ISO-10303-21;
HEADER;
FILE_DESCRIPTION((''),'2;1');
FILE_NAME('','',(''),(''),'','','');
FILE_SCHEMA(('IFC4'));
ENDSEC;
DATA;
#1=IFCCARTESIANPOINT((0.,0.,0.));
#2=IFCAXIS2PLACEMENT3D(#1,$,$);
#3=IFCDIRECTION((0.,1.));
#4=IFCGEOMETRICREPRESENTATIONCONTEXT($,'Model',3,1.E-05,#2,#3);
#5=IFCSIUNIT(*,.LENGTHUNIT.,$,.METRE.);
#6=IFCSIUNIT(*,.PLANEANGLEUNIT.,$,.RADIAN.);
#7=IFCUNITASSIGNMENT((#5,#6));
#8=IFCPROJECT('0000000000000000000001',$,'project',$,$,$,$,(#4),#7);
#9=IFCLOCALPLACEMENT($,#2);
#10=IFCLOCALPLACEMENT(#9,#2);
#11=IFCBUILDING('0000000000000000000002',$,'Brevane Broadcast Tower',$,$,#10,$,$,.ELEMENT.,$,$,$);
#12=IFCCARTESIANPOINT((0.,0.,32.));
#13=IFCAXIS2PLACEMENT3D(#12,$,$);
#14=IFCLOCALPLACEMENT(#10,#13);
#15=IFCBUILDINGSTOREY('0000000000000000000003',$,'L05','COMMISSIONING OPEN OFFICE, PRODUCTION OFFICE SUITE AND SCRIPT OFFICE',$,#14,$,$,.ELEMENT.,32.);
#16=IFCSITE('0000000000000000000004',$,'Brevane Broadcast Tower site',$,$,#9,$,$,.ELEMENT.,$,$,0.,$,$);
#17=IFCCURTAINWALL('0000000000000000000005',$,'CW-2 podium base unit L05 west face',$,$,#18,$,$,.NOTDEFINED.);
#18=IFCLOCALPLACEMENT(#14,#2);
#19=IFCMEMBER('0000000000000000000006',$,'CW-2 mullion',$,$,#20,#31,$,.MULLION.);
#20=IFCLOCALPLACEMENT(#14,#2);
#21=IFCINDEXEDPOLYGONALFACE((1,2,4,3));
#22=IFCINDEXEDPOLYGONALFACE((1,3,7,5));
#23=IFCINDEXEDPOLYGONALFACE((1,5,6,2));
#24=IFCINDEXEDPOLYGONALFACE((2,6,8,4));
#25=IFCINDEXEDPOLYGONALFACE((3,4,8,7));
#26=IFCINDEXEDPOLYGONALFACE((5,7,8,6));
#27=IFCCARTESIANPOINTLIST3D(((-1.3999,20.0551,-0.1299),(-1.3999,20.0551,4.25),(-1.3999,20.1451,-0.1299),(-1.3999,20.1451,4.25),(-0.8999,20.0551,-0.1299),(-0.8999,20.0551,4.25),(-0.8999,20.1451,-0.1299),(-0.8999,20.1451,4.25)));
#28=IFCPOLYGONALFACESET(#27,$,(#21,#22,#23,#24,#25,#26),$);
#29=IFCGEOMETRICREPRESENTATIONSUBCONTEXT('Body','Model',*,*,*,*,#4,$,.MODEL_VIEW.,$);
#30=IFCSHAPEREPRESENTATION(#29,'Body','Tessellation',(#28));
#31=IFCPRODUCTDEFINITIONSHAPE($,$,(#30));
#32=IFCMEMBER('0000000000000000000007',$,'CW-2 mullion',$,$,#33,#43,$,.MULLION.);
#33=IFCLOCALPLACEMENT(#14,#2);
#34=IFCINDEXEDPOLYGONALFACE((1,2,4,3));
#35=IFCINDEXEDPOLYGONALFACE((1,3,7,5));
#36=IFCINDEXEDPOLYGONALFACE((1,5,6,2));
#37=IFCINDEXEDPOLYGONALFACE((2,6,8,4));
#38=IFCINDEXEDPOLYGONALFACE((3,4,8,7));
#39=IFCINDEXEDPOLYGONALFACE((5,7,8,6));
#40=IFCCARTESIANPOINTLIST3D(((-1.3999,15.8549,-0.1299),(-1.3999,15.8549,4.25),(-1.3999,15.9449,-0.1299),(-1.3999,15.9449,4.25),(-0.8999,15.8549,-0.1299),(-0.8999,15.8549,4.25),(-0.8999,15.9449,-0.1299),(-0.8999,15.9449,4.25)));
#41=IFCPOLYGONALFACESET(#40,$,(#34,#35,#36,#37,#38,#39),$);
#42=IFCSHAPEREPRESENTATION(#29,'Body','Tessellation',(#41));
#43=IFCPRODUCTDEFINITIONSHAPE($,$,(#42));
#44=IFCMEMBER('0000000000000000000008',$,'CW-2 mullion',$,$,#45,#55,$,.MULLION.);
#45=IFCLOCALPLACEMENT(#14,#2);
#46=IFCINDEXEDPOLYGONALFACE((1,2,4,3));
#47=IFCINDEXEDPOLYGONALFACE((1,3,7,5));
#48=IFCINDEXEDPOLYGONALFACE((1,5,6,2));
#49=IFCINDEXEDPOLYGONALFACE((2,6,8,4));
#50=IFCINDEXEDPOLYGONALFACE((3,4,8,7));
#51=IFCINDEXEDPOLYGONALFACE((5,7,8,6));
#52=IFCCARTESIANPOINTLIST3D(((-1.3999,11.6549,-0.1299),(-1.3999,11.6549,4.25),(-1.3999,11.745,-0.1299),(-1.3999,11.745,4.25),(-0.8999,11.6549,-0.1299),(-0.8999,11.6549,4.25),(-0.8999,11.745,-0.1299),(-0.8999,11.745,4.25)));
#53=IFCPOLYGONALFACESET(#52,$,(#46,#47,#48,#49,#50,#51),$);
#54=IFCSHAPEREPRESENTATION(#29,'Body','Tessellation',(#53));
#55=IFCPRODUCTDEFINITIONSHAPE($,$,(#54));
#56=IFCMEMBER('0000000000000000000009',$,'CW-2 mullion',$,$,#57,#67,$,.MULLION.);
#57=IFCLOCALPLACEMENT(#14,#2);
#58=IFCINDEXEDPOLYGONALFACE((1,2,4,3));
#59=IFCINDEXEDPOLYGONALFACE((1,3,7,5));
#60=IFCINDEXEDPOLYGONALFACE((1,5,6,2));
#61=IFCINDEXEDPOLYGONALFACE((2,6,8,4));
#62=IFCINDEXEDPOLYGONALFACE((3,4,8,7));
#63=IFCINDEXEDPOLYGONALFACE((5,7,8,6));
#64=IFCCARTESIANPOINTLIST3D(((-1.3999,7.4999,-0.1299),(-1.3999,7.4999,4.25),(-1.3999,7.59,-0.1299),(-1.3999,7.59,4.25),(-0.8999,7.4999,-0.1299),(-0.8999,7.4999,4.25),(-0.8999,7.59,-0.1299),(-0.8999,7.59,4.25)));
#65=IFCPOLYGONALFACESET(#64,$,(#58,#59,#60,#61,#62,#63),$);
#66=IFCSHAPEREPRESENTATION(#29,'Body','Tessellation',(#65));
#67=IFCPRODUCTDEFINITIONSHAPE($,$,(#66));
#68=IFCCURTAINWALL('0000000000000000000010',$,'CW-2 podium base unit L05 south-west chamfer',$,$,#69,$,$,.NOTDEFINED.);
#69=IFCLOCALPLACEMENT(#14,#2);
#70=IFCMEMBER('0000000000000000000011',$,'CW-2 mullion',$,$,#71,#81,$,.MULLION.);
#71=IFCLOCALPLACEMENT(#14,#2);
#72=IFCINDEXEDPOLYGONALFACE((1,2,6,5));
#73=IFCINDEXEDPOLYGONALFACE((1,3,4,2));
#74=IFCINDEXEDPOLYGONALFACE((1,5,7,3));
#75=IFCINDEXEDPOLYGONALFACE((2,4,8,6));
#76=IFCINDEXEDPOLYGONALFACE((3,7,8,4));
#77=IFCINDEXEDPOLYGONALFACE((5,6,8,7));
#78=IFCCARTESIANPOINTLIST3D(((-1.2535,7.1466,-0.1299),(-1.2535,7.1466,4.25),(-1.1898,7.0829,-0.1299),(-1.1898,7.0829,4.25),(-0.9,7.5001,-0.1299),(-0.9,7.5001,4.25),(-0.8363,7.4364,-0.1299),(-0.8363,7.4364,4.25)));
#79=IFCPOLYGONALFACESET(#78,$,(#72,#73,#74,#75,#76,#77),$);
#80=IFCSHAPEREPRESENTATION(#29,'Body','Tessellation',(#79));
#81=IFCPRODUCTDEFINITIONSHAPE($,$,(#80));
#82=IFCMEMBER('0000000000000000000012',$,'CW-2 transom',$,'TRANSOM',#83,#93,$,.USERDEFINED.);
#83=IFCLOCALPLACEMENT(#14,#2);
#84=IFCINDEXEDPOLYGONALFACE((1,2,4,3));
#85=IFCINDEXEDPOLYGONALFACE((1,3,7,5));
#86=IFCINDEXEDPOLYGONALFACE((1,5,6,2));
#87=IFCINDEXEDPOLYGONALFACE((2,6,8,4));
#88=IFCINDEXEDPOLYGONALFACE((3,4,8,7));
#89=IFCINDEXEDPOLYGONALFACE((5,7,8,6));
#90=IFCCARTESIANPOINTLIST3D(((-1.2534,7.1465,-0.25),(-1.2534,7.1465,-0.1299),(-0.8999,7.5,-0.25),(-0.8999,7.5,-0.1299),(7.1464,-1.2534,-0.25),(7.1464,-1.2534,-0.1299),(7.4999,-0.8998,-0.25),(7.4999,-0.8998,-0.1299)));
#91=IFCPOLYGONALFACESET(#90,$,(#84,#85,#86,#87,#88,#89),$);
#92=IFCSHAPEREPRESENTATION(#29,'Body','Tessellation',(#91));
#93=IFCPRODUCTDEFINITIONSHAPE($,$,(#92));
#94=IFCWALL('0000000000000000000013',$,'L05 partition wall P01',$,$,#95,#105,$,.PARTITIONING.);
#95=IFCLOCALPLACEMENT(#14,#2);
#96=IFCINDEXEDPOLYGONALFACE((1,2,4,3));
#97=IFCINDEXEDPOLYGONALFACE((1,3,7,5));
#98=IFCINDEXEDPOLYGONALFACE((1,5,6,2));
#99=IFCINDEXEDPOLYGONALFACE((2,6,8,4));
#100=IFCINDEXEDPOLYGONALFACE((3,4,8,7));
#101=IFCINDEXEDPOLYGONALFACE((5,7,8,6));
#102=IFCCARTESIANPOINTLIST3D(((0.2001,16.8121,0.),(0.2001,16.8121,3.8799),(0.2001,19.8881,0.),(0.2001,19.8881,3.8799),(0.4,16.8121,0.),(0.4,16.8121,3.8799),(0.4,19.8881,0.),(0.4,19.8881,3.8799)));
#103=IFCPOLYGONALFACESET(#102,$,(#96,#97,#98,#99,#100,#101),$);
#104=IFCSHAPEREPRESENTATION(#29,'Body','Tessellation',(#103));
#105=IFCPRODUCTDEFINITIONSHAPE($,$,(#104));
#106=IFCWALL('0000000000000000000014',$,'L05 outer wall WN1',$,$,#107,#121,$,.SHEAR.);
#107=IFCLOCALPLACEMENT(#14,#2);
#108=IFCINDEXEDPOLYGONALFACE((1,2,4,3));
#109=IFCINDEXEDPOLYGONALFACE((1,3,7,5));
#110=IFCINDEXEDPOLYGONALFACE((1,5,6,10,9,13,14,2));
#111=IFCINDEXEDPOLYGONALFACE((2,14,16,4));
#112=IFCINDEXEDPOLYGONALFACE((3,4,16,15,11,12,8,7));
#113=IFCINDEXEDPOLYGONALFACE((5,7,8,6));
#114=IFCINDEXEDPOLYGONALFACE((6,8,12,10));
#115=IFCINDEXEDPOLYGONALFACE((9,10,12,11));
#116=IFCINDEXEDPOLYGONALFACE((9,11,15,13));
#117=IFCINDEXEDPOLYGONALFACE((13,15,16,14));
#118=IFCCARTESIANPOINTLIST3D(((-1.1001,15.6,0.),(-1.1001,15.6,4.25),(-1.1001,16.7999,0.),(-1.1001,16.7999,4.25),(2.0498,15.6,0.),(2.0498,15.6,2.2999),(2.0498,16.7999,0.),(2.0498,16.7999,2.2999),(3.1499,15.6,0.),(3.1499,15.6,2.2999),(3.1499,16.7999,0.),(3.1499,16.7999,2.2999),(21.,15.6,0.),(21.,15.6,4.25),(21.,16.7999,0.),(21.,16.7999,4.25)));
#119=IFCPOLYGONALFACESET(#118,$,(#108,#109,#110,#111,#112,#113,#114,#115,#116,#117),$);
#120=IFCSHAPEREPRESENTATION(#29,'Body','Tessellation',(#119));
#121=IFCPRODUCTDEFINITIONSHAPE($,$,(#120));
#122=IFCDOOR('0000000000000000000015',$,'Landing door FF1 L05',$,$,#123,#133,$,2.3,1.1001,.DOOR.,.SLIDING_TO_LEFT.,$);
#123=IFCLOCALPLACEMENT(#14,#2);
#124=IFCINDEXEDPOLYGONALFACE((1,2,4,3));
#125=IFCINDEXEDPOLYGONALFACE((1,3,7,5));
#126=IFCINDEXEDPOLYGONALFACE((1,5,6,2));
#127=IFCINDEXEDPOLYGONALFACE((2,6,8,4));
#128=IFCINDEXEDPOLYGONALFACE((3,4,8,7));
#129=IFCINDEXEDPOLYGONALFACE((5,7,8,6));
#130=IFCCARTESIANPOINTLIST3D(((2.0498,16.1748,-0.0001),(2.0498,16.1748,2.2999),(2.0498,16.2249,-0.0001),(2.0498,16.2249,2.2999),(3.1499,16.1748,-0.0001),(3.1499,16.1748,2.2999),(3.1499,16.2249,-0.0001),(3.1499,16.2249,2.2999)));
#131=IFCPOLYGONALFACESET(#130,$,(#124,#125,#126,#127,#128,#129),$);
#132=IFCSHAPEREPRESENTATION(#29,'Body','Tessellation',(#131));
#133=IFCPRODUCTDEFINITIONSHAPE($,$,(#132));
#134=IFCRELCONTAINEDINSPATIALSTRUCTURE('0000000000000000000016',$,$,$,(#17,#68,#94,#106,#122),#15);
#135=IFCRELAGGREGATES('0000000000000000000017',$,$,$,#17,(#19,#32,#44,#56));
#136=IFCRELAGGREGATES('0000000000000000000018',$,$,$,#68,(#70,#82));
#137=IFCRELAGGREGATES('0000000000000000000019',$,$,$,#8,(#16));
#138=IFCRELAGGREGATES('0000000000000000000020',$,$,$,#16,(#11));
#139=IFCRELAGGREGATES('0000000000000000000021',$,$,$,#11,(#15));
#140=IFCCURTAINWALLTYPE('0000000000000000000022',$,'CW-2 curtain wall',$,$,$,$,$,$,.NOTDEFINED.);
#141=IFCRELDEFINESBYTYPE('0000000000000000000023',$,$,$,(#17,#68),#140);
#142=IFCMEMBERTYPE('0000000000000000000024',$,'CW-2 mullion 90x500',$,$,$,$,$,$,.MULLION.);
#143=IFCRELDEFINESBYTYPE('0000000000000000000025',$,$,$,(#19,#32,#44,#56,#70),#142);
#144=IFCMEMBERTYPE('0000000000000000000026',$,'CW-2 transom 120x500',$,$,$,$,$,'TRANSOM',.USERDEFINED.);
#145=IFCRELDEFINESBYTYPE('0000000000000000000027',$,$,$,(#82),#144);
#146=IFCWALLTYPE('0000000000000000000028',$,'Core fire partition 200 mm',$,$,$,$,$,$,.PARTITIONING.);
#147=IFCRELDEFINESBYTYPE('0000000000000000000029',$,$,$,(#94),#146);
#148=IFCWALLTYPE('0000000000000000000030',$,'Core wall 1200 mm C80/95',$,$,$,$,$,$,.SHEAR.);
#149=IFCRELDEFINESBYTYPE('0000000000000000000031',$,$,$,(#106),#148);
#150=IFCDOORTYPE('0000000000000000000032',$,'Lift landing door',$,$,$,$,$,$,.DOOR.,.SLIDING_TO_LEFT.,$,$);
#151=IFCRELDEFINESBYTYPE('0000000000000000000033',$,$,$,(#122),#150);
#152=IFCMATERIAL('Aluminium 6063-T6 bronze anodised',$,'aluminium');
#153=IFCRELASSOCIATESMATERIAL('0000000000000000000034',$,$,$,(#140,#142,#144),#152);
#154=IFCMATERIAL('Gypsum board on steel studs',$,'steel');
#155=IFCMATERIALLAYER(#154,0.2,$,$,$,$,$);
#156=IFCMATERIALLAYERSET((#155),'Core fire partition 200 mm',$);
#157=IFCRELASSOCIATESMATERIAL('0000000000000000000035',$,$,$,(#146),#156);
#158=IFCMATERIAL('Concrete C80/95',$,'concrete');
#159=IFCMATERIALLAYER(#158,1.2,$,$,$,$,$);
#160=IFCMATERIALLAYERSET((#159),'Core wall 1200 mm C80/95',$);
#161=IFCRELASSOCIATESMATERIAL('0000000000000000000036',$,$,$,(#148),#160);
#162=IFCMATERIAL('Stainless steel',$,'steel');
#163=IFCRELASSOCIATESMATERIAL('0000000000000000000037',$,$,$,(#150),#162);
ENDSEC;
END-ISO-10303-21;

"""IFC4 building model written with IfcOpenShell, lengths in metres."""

from ifc_helpers import new_model, si_unit, direction, frame, frame_2d, origin, origin_2d, place, context, subcontext, project, spatial, rectangle, extrude, material, layer, layer_set, material_profile, profile_set, type_object, element, fill, aggregate, save


model = new_model("IFC4")

# Units and contexts
model_context = context("Model", 3, precision=1e-05, world=origin(), true_north=direction((0.0, 1.0)))
body_context = subcontext(model_context, "Body", "Model", "MODEL_VIEW")
ifc_project = project(units=[si_unit("LENGTHUNIT", "METRE"), si_unit("PLANEANGLEUNIT", "RADIAN")], contexts=[model_context])

# Site, building, storey
site_placement = place(None, origin())
site = spatial("IfcSite", under=ifc_project, at=site_placement, Name="Brevane Broadcast Tower site", CompositionType="ELEMENT", RefElevation=0.0)
building_placement = place(site_placement, origin())
building = spatial("IfcBuilding", under=site, at=building_placement, Name="Brevane Broadcast Tower", CompositionType="ELEMENT")
storey_placement = place(building_placement, frame((0.0, 0.0, 32.0)))
storey = spatial("IfcBuildingStorey", under=building, at=storey_placement, Name="L05", Description="COMMISSIONING OPEN OFFICE, PRODUCTION OFFICE SUITE AND SCRIPT OFFICE", CompositionType="ELEMENT", Elevation=32.0)

# Curtain walls, members
ifc_material_1 = material(Name="Aluminium 6063-T6 bronze anodised", Category="aluminium")
curtain_wall_type = type_object("IfcCurtainWallType", Name="CW-2 curtain wall", PredefinedType="NOTDEFINED", material=ifc_material_1)
curtain_wall_1_placement = place(storey_placement, origin())
curtain_wall_1 = element("IfcCurtainWall", 1, at=curtain_wall_1_placement, inside=storey, type_object=curtain_wall_type, Name="CW-2 podium base unit L05 west face", PredefinedType="NOTDEFINED")
ifc_material_profile_1 = material_profile(ifc_material_1, rectangle(XDim=0.5, YDim=0.0901, at=origin_2d()), Name="RECT 90x500")
ifc_profile_set_1 = profile_set([ifc_material_profile_1], Name="Aluminium 6063-T6 bronze anodised")
member_type_1 = type_object("IfcMemberType", Name="CW-2 mullion 90x500", PredefinedType="MULLION", material=ifc_profile_set_1)
member_1_placement = place(storey_placement, frame((-1.1499, 20.1001, -0.1299), z_axis=(0.0, 0.0, 1.0), x_axis=(1.0, 0.0, 0.0)))
member_1 = element("IfcMember", 2, at=member_1_placement, type_object=member_type_1, Name="CW-2 mullion", PredefinedType="MULLION", context=body_context, shape_type="SweptSolid", body=[
    extrude(rectangle(XDim=0.5, YDim=0.0901, at=origin_2d()), origin(), (0.0, 0.0, 1.0), 4.3799),
])
member_2_placement = place(storey_placement, frame((-1.1499, 15.8999, -0.1299), z_axis=(0.0, 0.0, 1.0), x_axis=(1.0, 0.0, 0.0)))
member_2 = element("IfcMember", 3, at=member_2_placement, type_object=member_type_1, Name="CW-2 mullion", PredefinedType="MULLION", context=body_context, shape_type="SweptSolid", body=[
    extrude(rectangle(XDim=0.5, YDim=0.0901, at=origin_2d()), origin(), (0.0, 0.0, 1.0), 4.3799),
])
member_3_placement = place(storey_placement, frame((-1.1499, 11.7, -0.1299), z_axis=(0.0, 0.0, 1.0), x_axis=(1.0, 0.0, 0.0)))
member_3 = element("IfcMember", 4, at=member_3_placement, type_object=member_type_1, Name="CW-2 mullion", PredefinedType="MULLION", context=body_context, shape_type="SweptSolid", body=[
    extrude(rectangle(XDim=0.5, YDim=0.0901, at=origin_2d()), origin(), (0.0, 0.0, 1.0), 4.3799),
])
member_4_placement = place(storey_placement, frame((-1.1499, 7.5449, -0.1299), z_axis=(0.0, 0.0, 1.0), x_axis=(1.0, 0.0, 0.0)))
member_4 = element("IfcMember", 5, at=member_4_placement, type_object=member_type_1, Name="CW-2 mullion", PredefinedType="MULLION", context=body_context, shape_type="SweptSolid", body=[
    extrude(rectangle(XDim=0.5, YDim=0.0901, at=origin_2d()), origin(), (0.0, 0.0, 1.0), 4.3799),
])
aggregate(curtain_wall_1, [member_1, member_2, member_3, member_4])
curtain_wall_2_placement = place(storey_placement, origin())
curtain_wall_2 = element("IfcCurtainWall", 6, at=curtain_wall_2_placement, inside=storey, type_object=curtain_wall_type, Name="CW-2 podium base unit L05 south-west chamfer", PredefinedType="NOTDEFINED")
member_5_placement = place(storey_placement, frame((-1.0449, 7.2915, -0.1299), z_axis=(0.0, 0.0, 1.0), x_axis=(0.707107, 0.707107, 0.0)))
member_5 = element("IfcMember", 7, at=member_5_placement, type_object=member_type_1, Name="CW-2 mullion", PredefinedType="MULLION", context=body_context, shape_type="SweptSolid", body=[
    extrude(rectangle(XDim=0.5, YDim=0.0901, at=origin_2d()), origin(), (0.0, 0.0, 1.0), 4.3799),
])
ifc_material_profile_2 = material_profile(ifc_material_1, rectangle(XDim=0.5, YDim=0.1201, at=origin_2d()), Name="RECT 120x500")
ifc_profile_set_2 = profile_set([ifc_material_profile_2], Name="Aluminium 6063-T6 bronze anodised")
member_type_2 = type_object("IfcMemberType", Name="CW-2 transom 120x500", ElementType="TRANSOM", PredefinedType="USERDEFINED", material=ifc_profile_set_2)
member_6_placement = place(storey_placement, frame((-1.0767, 7.3232, -0.1899), z_axis=(0.707107, -0.707107, 0.0), x_axis=(0.707107, 0.707107, 0.0)))
member_6 = element("IfcMember", 8, at=member_6_placement, type_object=member_type_2, Name="CW-2 transom", ObjectType="TRANSOM", PredefinedType="USERDEFINED", context=body_context, shape_type="SweptSolid", body=[
    extrude(rectangle(XDim=0.5, YDim=0.1201, at=origin_2d()), origin(), (0.0, 0.0, 1.0), 11.8792),
])
aggregate(curtain_wall_2, [member_5, member_6])

# Wall
ifc_material_2 = material(Name="Gypsum board on steel studs", Category="steel")
ifc_layer_1 = layer(ifc_material_2, 0.2)
ifc_layer_set_1 = layer_set([ifc_layer_1], Name="Core fire partition 200 mm")
wall_type_1 = type_object("IfcWallType", Name="Core fire partition 200 mm", PredefinedType="PARTITIONING", material=ifc_layer_set_1)
wall_1_placement = place(storey_placement, frame((0.3, 16.812, 0.0), z_axis=(0.0, 0.0, 1.0), x_axis=(0.0, 1.0, 0.0)))
element("IfcWall", 9, at=wall_1_placement, inside=storey, type_object=wall_type_1, Name="L05 partition wall P01", PredefinedType="PARTITIONING", context=body_context, shape_type="SweptSolid", body=[
    extrude(rectangle(XDim=3.0759, YDim=0.2, at=frame_2d((1.5381, 0.0))), origin(), (0.0, 0.0, 1.0), 3.8799),
])

# Wall, opening, door
ifc_material_3 = material(Name="Concrete C80/95", Category="concrete")
ifc_layer_2 = layer(ifc_material_3, 1.2)
ifc_layer_set_2 = layer_set([ifc_layer_2], Name="Core wall 1200 mm C80/95")
wall_type_2 = type_object("IfcWallType", Name="Core wall 1200 mm C80/95", PredefinedType="SHEAR", material=ifc_layer_set_2)
wall_2_placement = place(storey_placement, frame((-1.1001, 16.2, 0.0), z_axis=(0.0, 0.0, 1.0), x_axis=(1.0, 0.0, 0.0)))
wall_2 = element("IfcWall", 10, at=wall_2_placement, inside=storey, type_object=wall_type_2, Name="L05 outer wall WN1", PredefinedType="SHEAR", context=body_context, shape_type="SweptSolid", body=[
    extrude(rectangle(XDim=22.1001, YDim=1.2, at=frame_2d((11.05, 0.0))), origin(), (0.0, 0.0, 1.0), 4.25),
])
opening_1_placement = place(wall_2_placement, frame((3.1499, 0.0, 0.0)))
opening_1 = element("IfcOpeningElement", 11, at=opening_1_placement, cuts=wall_2, PredefinedType="OPENING", context=body_context, shape_type="SweptSolid", body=[
    extrude(rectangle(XDim=1.1001, YDim=2.3, at=frame_2d((0.55, 1.1499))), frame((0.0, 0.6099, 0.0), z_axis=(0.0, -1.0, 0.0), x_axis=(1.0, 0.0, 0.0)), (0.0, 0.0, 1.0), 1.22),
])
ifc_material_4 = material(Name="Stainless steel", Category="steel")
door_type = type_object("IfcDoorType", Name="Lift landing door", OperationType="SLIDING_TO_LEFT", PredefinedType="DOOR", material=ifc_material_4)
door_1_placement = place(opening_1_placement, origin())
door_1 = element("IfcDoor", 12, at=door_1_placement, inside=storey, type_object=door_type, Name="Landing door FF1 L05", OperationType="SLIDING_TO_LEFT", OverallHeight=2.3, OverallWidth=1.1001, PredefinedType="DOOR", context=body_context, shape_type="SweptSolid", body=[
    extrude(rectangle(XDim=1.1001, YDim=2.3, at=frame_2d((0.55, 1.1499))), frame((0.0, 0.0249, 0.0), z_axis=(0.0, -1.0, 0.0), x_axis=(1.0, 0.0, 0.0)), (0.0, 0.0, 1.0), 0.05),
])
fill(opening_1, door_1)

save(model, "model.ifc")
